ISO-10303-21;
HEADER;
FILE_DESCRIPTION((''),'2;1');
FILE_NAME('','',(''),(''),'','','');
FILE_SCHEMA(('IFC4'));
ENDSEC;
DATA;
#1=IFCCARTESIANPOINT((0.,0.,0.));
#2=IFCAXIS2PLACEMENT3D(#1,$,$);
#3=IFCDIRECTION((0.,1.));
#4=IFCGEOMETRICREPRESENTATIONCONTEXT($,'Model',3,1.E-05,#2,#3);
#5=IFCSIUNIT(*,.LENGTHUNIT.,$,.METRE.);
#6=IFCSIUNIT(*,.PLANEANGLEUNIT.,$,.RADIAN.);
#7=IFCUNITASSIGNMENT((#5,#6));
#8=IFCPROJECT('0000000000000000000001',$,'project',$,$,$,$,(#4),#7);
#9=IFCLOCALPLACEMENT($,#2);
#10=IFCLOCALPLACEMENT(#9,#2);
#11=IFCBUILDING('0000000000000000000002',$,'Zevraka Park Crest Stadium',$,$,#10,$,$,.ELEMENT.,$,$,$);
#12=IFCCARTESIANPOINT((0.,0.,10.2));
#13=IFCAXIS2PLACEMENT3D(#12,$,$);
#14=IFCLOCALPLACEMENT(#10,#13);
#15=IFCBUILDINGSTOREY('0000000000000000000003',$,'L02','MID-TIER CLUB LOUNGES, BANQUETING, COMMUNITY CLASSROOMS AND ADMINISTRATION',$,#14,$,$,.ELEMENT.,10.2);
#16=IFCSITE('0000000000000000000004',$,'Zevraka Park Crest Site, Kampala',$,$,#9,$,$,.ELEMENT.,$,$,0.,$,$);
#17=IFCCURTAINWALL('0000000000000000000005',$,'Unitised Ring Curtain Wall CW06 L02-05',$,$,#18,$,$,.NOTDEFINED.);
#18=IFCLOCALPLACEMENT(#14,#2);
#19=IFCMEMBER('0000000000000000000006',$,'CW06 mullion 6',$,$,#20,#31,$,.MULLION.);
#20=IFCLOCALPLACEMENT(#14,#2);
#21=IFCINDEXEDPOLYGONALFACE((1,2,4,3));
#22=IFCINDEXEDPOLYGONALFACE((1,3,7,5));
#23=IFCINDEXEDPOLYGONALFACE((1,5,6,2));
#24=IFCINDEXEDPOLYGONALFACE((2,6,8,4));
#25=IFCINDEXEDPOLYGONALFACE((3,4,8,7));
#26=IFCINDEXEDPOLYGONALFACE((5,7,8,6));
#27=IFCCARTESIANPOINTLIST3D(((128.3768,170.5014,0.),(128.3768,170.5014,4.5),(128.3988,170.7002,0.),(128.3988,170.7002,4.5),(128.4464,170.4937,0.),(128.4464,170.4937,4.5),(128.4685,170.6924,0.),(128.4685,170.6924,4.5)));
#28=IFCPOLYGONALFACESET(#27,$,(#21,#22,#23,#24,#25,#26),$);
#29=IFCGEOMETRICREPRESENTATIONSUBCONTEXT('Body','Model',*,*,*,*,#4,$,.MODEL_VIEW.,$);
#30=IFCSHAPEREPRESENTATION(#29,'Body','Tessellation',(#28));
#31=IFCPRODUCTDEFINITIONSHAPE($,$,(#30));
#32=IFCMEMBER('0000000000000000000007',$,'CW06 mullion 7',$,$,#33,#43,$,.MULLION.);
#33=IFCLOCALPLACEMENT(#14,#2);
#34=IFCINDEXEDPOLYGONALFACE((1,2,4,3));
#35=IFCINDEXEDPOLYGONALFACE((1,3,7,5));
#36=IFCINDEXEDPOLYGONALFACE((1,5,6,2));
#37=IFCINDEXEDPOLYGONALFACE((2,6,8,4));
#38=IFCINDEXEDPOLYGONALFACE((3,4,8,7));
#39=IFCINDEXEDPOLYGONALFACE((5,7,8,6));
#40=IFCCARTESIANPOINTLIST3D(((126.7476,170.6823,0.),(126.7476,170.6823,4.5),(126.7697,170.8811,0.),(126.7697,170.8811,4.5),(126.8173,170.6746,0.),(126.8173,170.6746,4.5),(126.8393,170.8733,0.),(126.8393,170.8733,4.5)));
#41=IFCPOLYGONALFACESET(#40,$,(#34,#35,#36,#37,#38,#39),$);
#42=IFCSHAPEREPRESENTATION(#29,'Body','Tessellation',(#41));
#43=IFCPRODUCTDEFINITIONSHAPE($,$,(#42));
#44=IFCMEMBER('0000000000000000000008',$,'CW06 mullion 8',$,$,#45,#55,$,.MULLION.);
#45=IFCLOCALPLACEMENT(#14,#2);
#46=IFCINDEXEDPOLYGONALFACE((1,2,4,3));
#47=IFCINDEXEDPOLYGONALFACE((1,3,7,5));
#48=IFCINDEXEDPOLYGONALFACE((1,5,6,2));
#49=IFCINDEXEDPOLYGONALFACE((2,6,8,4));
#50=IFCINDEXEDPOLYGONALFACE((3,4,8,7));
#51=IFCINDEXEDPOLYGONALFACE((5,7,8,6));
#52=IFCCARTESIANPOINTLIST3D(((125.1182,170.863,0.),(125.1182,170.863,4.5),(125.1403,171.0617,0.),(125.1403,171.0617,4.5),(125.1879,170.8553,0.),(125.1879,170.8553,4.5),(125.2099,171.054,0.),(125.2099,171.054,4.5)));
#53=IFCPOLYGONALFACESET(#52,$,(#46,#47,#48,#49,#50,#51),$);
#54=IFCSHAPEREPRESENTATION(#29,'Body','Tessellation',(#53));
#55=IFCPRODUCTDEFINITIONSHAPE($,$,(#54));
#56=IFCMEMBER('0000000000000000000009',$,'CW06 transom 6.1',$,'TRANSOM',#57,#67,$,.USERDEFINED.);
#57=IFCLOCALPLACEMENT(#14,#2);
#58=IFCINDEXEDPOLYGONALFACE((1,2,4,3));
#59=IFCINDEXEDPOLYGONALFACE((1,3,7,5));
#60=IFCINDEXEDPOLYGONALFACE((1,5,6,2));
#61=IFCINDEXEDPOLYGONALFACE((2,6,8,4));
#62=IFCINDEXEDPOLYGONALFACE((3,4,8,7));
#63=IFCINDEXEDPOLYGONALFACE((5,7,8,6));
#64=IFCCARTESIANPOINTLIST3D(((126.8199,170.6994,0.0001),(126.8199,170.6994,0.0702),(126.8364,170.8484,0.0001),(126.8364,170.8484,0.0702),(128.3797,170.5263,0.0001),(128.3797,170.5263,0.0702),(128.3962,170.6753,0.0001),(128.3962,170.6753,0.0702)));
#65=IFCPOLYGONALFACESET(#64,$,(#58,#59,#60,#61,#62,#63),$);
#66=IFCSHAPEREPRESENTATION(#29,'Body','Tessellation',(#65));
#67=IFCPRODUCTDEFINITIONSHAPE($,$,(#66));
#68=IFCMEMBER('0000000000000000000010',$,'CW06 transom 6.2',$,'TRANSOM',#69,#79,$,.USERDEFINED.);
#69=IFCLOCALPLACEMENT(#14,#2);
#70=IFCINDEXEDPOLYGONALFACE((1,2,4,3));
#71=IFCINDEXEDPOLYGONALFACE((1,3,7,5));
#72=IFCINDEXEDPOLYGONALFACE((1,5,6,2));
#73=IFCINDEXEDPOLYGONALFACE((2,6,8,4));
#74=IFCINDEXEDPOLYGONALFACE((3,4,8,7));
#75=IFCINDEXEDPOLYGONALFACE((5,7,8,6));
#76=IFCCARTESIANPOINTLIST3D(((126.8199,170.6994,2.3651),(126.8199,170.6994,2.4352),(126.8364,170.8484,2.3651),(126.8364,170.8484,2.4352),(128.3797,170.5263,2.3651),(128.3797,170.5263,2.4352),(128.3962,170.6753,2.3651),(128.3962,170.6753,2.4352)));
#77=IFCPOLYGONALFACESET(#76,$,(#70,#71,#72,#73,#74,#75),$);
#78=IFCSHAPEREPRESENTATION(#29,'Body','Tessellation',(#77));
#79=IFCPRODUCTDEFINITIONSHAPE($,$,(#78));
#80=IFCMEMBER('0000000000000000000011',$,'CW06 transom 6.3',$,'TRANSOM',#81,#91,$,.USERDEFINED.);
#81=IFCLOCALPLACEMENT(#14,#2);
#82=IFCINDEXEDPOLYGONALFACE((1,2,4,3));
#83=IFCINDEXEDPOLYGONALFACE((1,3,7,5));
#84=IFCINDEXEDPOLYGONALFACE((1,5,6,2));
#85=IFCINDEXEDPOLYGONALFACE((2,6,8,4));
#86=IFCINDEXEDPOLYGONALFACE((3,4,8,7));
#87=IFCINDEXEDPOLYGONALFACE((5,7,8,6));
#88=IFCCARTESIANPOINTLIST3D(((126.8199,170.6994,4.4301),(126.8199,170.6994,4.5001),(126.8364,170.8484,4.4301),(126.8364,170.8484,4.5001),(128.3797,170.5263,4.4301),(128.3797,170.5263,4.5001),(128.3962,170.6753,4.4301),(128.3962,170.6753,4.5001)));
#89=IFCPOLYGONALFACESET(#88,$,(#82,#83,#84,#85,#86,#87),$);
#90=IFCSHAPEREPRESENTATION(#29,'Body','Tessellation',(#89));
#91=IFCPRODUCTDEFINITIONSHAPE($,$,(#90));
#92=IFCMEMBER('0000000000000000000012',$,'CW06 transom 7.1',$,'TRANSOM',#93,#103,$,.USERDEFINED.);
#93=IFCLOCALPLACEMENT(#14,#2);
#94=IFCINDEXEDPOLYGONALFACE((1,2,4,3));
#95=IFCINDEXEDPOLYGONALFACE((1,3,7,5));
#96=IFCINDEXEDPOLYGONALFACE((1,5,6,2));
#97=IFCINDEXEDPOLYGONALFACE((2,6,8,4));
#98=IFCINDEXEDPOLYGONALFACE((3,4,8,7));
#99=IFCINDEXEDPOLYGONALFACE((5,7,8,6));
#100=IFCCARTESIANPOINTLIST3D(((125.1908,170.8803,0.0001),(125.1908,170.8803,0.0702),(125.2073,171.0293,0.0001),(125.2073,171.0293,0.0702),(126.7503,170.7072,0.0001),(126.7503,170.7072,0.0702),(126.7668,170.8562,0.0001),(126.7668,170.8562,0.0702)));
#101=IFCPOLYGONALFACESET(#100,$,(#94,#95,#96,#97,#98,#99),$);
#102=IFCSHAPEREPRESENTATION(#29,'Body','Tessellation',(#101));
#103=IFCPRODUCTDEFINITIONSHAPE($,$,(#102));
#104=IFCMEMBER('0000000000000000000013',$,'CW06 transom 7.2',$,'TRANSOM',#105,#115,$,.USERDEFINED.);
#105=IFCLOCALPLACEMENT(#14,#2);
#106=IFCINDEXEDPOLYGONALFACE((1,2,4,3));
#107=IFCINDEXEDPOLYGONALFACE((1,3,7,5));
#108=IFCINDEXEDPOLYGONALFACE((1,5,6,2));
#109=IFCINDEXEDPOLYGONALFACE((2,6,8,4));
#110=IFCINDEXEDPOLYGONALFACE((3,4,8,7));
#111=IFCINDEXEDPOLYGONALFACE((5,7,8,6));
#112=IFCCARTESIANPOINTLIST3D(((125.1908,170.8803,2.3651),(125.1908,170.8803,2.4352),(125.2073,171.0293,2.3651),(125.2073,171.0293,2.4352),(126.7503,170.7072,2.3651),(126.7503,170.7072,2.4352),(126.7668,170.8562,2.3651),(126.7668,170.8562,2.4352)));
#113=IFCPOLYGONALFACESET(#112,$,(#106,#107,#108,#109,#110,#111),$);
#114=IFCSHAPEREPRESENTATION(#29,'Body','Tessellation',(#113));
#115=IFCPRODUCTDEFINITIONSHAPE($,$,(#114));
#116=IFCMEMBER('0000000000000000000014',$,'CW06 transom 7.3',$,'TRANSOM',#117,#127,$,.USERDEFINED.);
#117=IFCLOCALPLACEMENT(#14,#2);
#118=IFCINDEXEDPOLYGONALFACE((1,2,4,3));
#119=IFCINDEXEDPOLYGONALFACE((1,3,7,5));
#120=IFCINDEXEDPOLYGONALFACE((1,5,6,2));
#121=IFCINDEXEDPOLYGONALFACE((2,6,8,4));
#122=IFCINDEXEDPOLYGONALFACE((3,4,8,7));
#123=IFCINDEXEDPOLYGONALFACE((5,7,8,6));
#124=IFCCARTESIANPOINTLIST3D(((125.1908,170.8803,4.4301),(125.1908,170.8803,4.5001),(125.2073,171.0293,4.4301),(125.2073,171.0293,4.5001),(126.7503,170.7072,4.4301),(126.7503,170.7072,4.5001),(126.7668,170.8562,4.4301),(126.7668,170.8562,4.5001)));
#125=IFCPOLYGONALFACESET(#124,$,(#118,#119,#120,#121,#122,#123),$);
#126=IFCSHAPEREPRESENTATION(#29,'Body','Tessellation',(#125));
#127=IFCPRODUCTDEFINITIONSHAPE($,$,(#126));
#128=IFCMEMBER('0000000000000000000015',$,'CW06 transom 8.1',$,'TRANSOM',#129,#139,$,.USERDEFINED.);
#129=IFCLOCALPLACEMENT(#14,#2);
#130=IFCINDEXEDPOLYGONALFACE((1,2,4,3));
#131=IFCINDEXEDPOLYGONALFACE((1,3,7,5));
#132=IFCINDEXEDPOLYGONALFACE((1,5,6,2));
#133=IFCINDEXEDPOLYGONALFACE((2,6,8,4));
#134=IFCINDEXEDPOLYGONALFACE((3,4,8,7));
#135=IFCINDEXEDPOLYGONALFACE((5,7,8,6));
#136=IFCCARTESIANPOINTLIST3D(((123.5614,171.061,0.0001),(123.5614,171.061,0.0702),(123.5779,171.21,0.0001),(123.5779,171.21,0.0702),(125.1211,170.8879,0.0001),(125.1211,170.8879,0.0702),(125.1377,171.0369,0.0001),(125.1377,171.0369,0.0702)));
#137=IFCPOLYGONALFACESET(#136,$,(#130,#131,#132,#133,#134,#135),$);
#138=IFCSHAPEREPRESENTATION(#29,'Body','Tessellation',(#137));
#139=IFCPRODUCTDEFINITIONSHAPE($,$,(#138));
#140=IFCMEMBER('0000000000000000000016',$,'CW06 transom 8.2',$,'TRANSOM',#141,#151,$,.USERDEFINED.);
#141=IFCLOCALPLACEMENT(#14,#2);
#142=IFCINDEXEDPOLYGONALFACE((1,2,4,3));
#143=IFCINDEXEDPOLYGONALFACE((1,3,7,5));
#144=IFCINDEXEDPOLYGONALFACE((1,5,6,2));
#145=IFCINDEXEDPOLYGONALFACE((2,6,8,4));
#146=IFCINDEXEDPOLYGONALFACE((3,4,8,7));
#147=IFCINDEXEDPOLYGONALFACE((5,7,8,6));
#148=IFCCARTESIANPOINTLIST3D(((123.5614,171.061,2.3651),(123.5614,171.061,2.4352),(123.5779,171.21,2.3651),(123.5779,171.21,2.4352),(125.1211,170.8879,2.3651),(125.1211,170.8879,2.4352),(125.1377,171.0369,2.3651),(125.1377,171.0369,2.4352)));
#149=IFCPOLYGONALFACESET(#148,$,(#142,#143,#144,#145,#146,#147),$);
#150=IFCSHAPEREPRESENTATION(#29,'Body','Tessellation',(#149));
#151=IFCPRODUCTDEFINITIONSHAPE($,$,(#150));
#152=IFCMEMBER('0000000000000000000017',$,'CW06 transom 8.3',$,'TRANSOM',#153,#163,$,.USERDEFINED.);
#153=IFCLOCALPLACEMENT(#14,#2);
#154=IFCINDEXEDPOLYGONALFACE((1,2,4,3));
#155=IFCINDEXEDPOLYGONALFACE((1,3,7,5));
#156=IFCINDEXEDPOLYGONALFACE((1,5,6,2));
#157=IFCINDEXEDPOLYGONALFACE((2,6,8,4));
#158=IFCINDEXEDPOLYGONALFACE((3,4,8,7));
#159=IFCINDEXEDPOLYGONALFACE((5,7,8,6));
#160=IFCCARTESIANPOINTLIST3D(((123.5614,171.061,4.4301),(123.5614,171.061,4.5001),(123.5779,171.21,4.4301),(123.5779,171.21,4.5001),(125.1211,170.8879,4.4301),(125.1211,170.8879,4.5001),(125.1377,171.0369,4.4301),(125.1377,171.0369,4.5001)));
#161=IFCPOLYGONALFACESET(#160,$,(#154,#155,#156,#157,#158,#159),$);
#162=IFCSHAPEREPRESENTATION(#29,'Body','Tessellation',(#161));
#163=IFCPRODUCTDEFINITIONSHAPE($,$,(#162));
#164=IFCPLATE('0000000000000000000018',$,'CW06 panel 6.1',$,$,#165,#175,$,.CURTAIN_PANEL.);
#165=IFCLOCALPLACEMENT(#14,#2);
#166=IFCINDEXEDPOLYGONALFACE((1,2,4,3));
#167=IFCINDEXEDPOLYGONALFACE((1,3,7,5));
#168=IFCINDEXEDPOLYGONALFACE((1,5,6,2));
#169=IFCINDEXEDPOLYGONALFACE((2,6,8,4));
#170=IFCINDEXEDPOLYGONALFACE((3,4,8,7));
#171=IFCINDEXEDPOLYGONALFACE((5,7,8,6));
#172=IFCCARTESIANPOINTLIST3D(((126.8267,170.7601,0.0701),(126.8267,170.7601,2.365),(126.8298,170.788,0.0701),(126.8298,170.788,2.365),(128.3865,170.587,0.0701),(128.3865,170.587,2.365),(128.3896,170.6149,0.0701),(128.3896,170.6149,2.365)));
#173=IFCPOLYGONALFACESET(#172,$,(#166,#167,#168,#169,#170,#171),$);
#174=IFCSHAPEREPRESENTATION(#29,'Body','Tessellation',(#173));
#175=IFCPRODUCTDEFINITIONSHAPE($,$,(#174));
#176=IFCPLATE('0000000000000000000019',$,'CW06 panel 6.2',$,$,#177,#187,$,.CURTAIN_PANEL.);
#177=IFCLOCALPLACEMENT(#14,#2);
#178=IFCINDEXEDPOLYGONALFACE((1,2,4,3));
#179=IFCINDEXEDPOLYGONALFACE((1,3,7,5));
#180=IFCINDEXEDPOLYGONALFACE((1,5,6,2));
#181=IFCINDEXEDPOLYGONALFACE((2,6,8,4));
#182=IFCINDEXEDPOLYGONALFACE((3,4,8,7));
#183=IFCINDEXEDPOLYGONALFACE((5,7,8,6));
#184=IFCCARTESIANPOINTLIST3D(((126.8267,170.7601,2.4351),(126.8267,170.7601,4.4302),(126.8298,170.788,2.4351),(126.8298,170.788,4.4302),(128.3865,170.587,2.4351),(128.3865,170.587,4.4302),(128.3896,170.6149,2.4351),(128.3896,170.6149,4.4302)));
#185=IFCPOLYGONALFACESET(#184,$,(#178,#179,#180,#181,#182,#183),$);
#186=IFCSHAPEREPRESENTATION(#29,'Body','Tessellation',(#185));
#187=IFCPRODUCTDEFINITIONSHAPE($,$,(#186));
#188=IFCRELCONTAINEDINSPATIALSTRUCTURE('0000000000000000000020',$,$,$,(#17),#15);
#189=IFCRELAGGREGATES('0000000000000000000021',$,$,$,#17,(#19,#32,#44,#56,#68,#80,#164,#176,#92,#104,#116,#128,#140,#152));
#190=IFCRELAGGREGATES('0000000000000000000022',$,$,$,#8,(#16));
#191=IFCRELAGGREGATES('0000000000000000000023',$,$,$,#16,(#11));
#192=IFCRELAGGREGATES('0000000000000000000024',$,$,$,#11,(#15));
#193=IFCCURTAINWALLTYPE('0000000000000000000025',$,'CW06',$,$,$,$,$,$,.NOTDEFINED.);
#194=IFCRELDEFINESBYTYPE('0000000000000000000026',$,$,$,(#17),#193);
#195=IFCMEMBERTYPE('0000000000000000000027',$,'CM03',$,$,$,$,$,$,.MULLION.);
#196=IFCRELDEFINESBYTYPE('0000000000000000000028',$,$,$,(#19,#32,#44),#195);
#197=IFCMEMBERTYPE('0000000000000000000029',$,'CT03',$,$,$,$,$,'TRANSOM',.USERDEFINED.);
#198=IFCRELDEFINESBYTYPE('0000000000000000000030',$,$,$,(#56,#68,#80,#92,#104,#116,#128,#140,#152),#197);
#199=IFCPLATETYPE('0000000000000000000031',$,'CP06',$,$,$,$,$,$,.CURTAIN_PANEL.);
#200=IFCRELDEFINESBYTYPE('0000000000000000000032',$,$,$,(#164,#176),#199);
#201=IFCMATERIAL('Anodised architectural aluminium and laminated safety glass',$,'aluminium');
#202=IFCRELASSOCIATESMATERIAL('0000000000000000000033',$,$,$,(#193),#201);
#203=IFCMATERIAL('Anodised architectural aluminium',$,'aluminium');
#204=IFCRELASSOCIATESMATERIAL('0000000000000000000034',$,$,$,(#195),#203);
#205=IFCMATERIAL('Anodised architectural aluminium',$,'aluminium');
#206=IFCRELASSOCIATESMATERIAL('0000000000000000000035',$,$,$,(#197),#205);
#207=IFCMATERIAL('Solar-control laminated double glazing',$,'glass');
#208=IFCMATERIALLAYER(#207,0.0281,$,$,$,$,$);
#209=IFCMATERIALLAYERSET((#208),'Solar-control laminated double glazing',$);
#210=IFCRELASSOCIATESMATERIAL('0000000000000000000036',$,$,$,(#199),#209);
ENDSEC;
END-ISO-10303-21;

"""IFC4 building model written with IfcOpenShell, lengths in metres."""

from ifc_helpers import new_model, si_unit, direction, frame, origin, origin_2d, place, context, subcontext, project, spatial, rectangle, extrude, material, layer, layer_set, material_profile, profile_set, type_object, element, aggregate, save


model = new_model("IFC4")

# Units and contexts
model_context = context("Model", 3, precision=1e-05, world=origin(), true_north=direction((0.0, 1.0)))
body_context = subcontext(model_context, "Body", "Model", "MODEL_VIEW")
ifc_project = project(units=[si_unit("LENGTHUNIT", "METRE"), si_unit("PLANEANGLEUNIT", "RADIAN")], contexts=[model_context])

# Site, building, storey
site_placement = place(None, origin())
site = spatial("IfcSite", under=ifc_project, at=site_placement, Name="Zevraka Park Crest Site, Kampala", CompositionType="ELEMENT", RefElevation=0.0)
building_placement = place(site_placement, origin())
building = spatial("IfcBuilding", under=site, at=building_placement, Name="Zevraka Park Crest Stadium", CompositionType="ELEMENT")
storey_placement = place(building_placement, frame((0.0, 0.0, 10.2)))
storey = spatial("IfcBuildingStorey", under=building, at=storey_placement, Name="L02", Description="MID-TIER CLUB LOUNGES, BANQUETING, COMMUNITY CLASSROOMS AND ADMINISTRATION", CompositionType="ELEMENT", Elevation=10.2)

# Curtain wall, members, plates
ifc_material_1 = material(Name="Anodised architectural aluminium and laminated safety glass", Category="aluminium")
curtain_wall_type = type_object("IfcCurtainWallType", Name="CW06", PredefinedType="NOTDEFINED", material=ifc_material_1)
curtain_wall_placement = place(storey_placement, origin())
curtain_wall = element("IfcCurtainWall", 1, at=curtain_wall_placement, inside=storey, type_object=curtain_wall_type, Name="Unitised Ring Curtain Wall CW06 L02-05", PredefinedType="NOTDEFINED")
ifc_material_2 = material(Name="Anodised architectural aluminium", Category="aluminium")
ifc_material_profile_1 = material_profile(ifc_material_2, rectangle(XDim=0.2, YDim=0.0701, at=origin_2d()), Name="ALU MULLION 200x70")
ifc_profile_set_1 = profile_set([ifc_material_profile_1], Name="Anodised architectural aluminium")
member_type_1 = type_object("IfcMemberType", Name="CM03", PredefinedType="MULLION", material=ifc_profile_set_1)
member_1_placement = place(storey_placement, frame((128.4226, 170.5969, 0.0), z_axis=(0.0, 0.0, 1.0), x_axis=(-0.110293, -0.993899, 0.0)))
member_1 = element("IfcMember", 2, at=member_1_placement, type_object=member_type_1, Name="CW06 mullion 6", PredefinedType="MULLION", context=body_context, shape_type="SweptSolid", body=[
    extrude(rectangle(XDim=0.2, YDim=0.0701, at=origin_2d()), origin(), (0.0, 0.0, 1.0), 4.5),
])
member_2_placement = place(storey_placement, frame((126.7935, 170.7778, 0.0), z_axis=(0.0, 0.0, 1.0), x_axis=(-0.110293, -0.993899, 0.0)))
member_2 = element("IfcMember", 3, at=member_2_placement, type_object=member_type_1, Name="CW06 mullion 7", PredefinedType="MULLION", context=body_context, shape_type="SweptSolid", body=[
    extrude(rectangle(XDim=0.2, YDim=0.0701, at=origin_2d()), origin(), (0.0, 0.0, 1.0), 4.5),
])
member_3_placement = place(storey_placement, frame((125.1641, 170.9585, 0.0), z_axis=(0.0, 0.0, 1.0), x_axis=(-0.110293, -0.993899, 0.0)))
member_3 = element("IfcMember", 4, at=member_3_placement, type_object=member_type_1, Name="CW06 mullion 8", PredefinedType="MULLION", context=body_context, shape_type="SweptSolid", body=[
    extrude(rectangle(XDim=0.2, YDim=0.0701, at=origin_2d()), origin(), (0.0, 0.0, 1.0), 4.5),
])
ifc_material_3 = material(Name="Anodised architectural aluminium", Category="aluminium")
ifc_material_profile_2 = material_profile(ifc_material_3, rectangle(XDim=0.1499, YDim=0.0701, at=origin_2d()), Name="ALU TRANSOM 150x70")
ifc_profile_set_2 = profile_set([ifc_material_profile_2], Name="Anodised architectural aluminium")
member_type_2 = type_object("IfcMemberType", Name="CT03", ElementType="TRANSOM", PredefinedType="USERDEFINED", material=ifc_profile_set_2)
member_4_placement = place(storey_placement, frame((128.3879, 170.6008, 0.0352), z_axis=(-0.993899, 0.110295, 0.0), x_axis=(-0.110295, -0.993899, 0.0)))
member_4 = element("IfcMember", 5, at=member_4_placement, type_object=member_type_2, Name="CW06 transom 6.1", ObjectType="TRANSOM", PredefinedType="USERDEFINED", context=body_context, shape_type="SweptSolid", body=[
    extrude(rectangle(XDim=0.1499, YDim=0.0701, at=origin_2d()), origin(), (0.0, 0.0, 1.0), 1.5693),
])
member_5_placement = place(storey_placement, frame((128.3879, 170.6008, 2.4001), z_axis=(-0.993899, 0.110295, 0.0), x_axis=(-0.110295, -0.993899, 0.0)))
member_5 = element("IfcMember", 6, at=member_5_placement, type_object=member_type_2, Name="CW06 transom 6.2", ObjectType="TRANSOM", PredefinedType="USERDEFINED", context=body_context, shape_type="SweptSolid", body=[
    extrude(rectangle(XDim=0.1499, YDim=0.0701, at=origin_2d()), origin(), (0.0, 0.0, 1.0), 1.5693),
])
member_6_placement = place(storey_placement, frame((128.3879, 170.6008, 4.4651), z_axis=(-0.993899, 0.110295, 0.0), x_axis=(-0.110295, -0.993899, 0.0)))
member_6 = element("IfcMember", 7, at=member_6_placement, type_object=member_type_2, Name="CW06 transom 6.3", ObjectType="TRANSOM", PredefinedType="USERDEFINED", context=body_context, shape_type="SweptSolid", body=[
    extrude(rectangle(XDim=0.1499, YDim=0.0701, at=origin_2d()), origin(), (0.0, 0.0, 1.0), 1.5693),
])
member_7_placement = place(storey_placement, frame((126.7585, 170.7817, 0.0352), z_axis=(-0.993897, 0.110312, 0.0), x_axis=(-0.110312, -0.993897, 0.0)))
member_7 = element("IfcMember", 8, at=member_7_placement, type_object=member_type_2, Name="CW06 transom 7.1", ObjectType="TRANSOM", PredefinedType="USERDEFINED", context=body_context, shape_type="SweptSolid", body=[
    extrude(rectangle(XDim=0.1499, YDim=0.0701, at=origin_2d()), origin(), (0.0, 0.0, 1.0), 1.5691),
])
member_8_placement = place(storey_placement, frame((126.7585, 170.7817, 2.4001), z_axis=(-0.993897, 0.110312, 0.0), x_axis=(-0.110312, -0.993897, 0.0)))
member_8 = element("IfcMember", 9, at=member_8_placement, type_object=member_type_2, Name="CW06 transom 7.2", ObjectType="TRANSOM", PredefinedType="USERDEFINED", context=body_context, shape_type="SweptSolid", body=[
    extrude(rectangle(XDim=0.1499, YDim=0.0701, at=origin_2d()), origin(), (0.0, 0.0, 1.0), 1.5691),
])
member_9_placement = place(storey_placement, frame((126.7585, 170.7817, 4.4651), z_axis=(-0.993897, 0.110312, 0.0), x_axis=(-0.110312, -0.993897, 0.0)))
member_9 = element("IfcMember", 10, at=member_9_placement, type_object=member_type_2, Name="CW06 transom 7.3", ObjectType="TRANSOM", PredefinedType="USERDEFINED", context=body_context, shape_type="SweptSolid", body=[
    extrude(rectangle(XDim=0.1499, YDim=0.0701, at=origin_2d()), origin(), (0.0, 0.0, 1.0), 1.5691),
])
member_10_placement = place(storey_placement, frame((125.1294, 170.9624, 0.0352), z_axis=(-0.993899, 0.110295, 0.0), x_axis=(-0.110295, -0.993899, 0.0)))
member_10 = element("IfcMember", 11, at=member_10_placement, type_object=member_type_2, Name="CW06 transom 8.1", ObjectType="TRANSOM", PredefinedType="USERDEFINED", context=body_context, shape_type="SweptSolid", body=[
    extrude(rectangle(XDim=0.1499, YDim=0.0701, at=origin_2d()), origin(), (0.0, 0.0, 1.0), 1.5693),
])
member_11_placement = place(storey_placement, frame((125.1294, 170.9624, 2.4001), z_axis=(-0.993899, 0.110295, 0.0), x_axis=(-0.110295, -0.993899, 0.0)))
member_11 = element("IfcMember", 12, at=member_11_placement, type_object=member_type_2, Name="CW06 transom 8.2", ObjectType="TRANSOM", PredefinedType="USERDEFINED", context=body_context, shape_type="SweptSolid", body=[
    extrude(rectangle(XDim=0.1499, YDim=0.0701, at=origin_2d()), origin(), (0.0, 0.0, 1.0), 1.5693),
])
member_12_placement = place(storey_placement, frame((125.1294, 170.9624, 4.4651), z_axis=(-0.993899, 0.110295, 0.0), x_axis=(-0.110295, -0.993899, 0.0)))
member_12 = element("IfcMember", 13, at=member_12_placement, type_object=member_type_2, Name="CW06 transom 8.3", ObjectType="TRANSOM", PredefinedType="USERDEFINED", context=body_context, shape_type="SweptSolid", body=[
    extrude(rectangle(XDim=0.1499, YDim=0.0701, at=origin_2d()), origin(), (0.0, 0.0, 1.0), 1.5693),
])
ifc_material_4 = material(Name="Solar-control laminated double glazing", Category="glass")
ifc_layer_1 = layer(ifc_material_4, 0.0281)
ifc_layer_set_1 = layer_set([ifc_layer_1], Name="Solar-control laminated double glazing")
plate_type = type_object("IfcPlateType", Name="CP06", PredefinedType="CURTAIN_PANEL", material=ifc_layer_set_1)
plate_1_placement = place(storey_placement, frame((127.6082, 170.6875, 0.0701), z_axis=(0.0, 0.0, 1.0), x_axis=(-0.993899, 0.110293, 0.0)))
plate_1 = element("IfcPlate", 14, at=plate_1_placement, type_object=plate_type, Name="CW06 panel 6.1", PredefinedType="CURTAIN_PANEL", context=body_context, shape_type="SweptSolid", body=[
    extrude(rectangle(XDim=1.5693, YDim=0.0281, at=origin_2d()), origin(), (0.0, 0.0, 1.0), 2.2949),
])
plate_2_placement = place(storey_placement, frame((127.6082, 170.6875, 2.4351), z_axis=(0.0, 0.0, 1.0), x_axis=(-0.993899, 0.110293, 0.0)))
plate_2 = element("IfcPlate", 15, at=plate_2_placement, type_object=plate_type, Name="CW06 panel 6.2", PredefinedType="CURTAIN_PANEL", context=body_context, shape_type="SweptSolid", body=[
    extrude(rectangle(XDim=1.5693, YDim=0.0281, at=origin_2d()), origin(), (0.0, 0.0, 1.0), 1.9951),
])
aggregate(curtain_wall, [member_1, member_2, member_3, member_4, member_5, member_6, plate_1, plate_2, member_7, member_8, member_9, member_10, member_11, member_12])

save(model, "model.ifc")
